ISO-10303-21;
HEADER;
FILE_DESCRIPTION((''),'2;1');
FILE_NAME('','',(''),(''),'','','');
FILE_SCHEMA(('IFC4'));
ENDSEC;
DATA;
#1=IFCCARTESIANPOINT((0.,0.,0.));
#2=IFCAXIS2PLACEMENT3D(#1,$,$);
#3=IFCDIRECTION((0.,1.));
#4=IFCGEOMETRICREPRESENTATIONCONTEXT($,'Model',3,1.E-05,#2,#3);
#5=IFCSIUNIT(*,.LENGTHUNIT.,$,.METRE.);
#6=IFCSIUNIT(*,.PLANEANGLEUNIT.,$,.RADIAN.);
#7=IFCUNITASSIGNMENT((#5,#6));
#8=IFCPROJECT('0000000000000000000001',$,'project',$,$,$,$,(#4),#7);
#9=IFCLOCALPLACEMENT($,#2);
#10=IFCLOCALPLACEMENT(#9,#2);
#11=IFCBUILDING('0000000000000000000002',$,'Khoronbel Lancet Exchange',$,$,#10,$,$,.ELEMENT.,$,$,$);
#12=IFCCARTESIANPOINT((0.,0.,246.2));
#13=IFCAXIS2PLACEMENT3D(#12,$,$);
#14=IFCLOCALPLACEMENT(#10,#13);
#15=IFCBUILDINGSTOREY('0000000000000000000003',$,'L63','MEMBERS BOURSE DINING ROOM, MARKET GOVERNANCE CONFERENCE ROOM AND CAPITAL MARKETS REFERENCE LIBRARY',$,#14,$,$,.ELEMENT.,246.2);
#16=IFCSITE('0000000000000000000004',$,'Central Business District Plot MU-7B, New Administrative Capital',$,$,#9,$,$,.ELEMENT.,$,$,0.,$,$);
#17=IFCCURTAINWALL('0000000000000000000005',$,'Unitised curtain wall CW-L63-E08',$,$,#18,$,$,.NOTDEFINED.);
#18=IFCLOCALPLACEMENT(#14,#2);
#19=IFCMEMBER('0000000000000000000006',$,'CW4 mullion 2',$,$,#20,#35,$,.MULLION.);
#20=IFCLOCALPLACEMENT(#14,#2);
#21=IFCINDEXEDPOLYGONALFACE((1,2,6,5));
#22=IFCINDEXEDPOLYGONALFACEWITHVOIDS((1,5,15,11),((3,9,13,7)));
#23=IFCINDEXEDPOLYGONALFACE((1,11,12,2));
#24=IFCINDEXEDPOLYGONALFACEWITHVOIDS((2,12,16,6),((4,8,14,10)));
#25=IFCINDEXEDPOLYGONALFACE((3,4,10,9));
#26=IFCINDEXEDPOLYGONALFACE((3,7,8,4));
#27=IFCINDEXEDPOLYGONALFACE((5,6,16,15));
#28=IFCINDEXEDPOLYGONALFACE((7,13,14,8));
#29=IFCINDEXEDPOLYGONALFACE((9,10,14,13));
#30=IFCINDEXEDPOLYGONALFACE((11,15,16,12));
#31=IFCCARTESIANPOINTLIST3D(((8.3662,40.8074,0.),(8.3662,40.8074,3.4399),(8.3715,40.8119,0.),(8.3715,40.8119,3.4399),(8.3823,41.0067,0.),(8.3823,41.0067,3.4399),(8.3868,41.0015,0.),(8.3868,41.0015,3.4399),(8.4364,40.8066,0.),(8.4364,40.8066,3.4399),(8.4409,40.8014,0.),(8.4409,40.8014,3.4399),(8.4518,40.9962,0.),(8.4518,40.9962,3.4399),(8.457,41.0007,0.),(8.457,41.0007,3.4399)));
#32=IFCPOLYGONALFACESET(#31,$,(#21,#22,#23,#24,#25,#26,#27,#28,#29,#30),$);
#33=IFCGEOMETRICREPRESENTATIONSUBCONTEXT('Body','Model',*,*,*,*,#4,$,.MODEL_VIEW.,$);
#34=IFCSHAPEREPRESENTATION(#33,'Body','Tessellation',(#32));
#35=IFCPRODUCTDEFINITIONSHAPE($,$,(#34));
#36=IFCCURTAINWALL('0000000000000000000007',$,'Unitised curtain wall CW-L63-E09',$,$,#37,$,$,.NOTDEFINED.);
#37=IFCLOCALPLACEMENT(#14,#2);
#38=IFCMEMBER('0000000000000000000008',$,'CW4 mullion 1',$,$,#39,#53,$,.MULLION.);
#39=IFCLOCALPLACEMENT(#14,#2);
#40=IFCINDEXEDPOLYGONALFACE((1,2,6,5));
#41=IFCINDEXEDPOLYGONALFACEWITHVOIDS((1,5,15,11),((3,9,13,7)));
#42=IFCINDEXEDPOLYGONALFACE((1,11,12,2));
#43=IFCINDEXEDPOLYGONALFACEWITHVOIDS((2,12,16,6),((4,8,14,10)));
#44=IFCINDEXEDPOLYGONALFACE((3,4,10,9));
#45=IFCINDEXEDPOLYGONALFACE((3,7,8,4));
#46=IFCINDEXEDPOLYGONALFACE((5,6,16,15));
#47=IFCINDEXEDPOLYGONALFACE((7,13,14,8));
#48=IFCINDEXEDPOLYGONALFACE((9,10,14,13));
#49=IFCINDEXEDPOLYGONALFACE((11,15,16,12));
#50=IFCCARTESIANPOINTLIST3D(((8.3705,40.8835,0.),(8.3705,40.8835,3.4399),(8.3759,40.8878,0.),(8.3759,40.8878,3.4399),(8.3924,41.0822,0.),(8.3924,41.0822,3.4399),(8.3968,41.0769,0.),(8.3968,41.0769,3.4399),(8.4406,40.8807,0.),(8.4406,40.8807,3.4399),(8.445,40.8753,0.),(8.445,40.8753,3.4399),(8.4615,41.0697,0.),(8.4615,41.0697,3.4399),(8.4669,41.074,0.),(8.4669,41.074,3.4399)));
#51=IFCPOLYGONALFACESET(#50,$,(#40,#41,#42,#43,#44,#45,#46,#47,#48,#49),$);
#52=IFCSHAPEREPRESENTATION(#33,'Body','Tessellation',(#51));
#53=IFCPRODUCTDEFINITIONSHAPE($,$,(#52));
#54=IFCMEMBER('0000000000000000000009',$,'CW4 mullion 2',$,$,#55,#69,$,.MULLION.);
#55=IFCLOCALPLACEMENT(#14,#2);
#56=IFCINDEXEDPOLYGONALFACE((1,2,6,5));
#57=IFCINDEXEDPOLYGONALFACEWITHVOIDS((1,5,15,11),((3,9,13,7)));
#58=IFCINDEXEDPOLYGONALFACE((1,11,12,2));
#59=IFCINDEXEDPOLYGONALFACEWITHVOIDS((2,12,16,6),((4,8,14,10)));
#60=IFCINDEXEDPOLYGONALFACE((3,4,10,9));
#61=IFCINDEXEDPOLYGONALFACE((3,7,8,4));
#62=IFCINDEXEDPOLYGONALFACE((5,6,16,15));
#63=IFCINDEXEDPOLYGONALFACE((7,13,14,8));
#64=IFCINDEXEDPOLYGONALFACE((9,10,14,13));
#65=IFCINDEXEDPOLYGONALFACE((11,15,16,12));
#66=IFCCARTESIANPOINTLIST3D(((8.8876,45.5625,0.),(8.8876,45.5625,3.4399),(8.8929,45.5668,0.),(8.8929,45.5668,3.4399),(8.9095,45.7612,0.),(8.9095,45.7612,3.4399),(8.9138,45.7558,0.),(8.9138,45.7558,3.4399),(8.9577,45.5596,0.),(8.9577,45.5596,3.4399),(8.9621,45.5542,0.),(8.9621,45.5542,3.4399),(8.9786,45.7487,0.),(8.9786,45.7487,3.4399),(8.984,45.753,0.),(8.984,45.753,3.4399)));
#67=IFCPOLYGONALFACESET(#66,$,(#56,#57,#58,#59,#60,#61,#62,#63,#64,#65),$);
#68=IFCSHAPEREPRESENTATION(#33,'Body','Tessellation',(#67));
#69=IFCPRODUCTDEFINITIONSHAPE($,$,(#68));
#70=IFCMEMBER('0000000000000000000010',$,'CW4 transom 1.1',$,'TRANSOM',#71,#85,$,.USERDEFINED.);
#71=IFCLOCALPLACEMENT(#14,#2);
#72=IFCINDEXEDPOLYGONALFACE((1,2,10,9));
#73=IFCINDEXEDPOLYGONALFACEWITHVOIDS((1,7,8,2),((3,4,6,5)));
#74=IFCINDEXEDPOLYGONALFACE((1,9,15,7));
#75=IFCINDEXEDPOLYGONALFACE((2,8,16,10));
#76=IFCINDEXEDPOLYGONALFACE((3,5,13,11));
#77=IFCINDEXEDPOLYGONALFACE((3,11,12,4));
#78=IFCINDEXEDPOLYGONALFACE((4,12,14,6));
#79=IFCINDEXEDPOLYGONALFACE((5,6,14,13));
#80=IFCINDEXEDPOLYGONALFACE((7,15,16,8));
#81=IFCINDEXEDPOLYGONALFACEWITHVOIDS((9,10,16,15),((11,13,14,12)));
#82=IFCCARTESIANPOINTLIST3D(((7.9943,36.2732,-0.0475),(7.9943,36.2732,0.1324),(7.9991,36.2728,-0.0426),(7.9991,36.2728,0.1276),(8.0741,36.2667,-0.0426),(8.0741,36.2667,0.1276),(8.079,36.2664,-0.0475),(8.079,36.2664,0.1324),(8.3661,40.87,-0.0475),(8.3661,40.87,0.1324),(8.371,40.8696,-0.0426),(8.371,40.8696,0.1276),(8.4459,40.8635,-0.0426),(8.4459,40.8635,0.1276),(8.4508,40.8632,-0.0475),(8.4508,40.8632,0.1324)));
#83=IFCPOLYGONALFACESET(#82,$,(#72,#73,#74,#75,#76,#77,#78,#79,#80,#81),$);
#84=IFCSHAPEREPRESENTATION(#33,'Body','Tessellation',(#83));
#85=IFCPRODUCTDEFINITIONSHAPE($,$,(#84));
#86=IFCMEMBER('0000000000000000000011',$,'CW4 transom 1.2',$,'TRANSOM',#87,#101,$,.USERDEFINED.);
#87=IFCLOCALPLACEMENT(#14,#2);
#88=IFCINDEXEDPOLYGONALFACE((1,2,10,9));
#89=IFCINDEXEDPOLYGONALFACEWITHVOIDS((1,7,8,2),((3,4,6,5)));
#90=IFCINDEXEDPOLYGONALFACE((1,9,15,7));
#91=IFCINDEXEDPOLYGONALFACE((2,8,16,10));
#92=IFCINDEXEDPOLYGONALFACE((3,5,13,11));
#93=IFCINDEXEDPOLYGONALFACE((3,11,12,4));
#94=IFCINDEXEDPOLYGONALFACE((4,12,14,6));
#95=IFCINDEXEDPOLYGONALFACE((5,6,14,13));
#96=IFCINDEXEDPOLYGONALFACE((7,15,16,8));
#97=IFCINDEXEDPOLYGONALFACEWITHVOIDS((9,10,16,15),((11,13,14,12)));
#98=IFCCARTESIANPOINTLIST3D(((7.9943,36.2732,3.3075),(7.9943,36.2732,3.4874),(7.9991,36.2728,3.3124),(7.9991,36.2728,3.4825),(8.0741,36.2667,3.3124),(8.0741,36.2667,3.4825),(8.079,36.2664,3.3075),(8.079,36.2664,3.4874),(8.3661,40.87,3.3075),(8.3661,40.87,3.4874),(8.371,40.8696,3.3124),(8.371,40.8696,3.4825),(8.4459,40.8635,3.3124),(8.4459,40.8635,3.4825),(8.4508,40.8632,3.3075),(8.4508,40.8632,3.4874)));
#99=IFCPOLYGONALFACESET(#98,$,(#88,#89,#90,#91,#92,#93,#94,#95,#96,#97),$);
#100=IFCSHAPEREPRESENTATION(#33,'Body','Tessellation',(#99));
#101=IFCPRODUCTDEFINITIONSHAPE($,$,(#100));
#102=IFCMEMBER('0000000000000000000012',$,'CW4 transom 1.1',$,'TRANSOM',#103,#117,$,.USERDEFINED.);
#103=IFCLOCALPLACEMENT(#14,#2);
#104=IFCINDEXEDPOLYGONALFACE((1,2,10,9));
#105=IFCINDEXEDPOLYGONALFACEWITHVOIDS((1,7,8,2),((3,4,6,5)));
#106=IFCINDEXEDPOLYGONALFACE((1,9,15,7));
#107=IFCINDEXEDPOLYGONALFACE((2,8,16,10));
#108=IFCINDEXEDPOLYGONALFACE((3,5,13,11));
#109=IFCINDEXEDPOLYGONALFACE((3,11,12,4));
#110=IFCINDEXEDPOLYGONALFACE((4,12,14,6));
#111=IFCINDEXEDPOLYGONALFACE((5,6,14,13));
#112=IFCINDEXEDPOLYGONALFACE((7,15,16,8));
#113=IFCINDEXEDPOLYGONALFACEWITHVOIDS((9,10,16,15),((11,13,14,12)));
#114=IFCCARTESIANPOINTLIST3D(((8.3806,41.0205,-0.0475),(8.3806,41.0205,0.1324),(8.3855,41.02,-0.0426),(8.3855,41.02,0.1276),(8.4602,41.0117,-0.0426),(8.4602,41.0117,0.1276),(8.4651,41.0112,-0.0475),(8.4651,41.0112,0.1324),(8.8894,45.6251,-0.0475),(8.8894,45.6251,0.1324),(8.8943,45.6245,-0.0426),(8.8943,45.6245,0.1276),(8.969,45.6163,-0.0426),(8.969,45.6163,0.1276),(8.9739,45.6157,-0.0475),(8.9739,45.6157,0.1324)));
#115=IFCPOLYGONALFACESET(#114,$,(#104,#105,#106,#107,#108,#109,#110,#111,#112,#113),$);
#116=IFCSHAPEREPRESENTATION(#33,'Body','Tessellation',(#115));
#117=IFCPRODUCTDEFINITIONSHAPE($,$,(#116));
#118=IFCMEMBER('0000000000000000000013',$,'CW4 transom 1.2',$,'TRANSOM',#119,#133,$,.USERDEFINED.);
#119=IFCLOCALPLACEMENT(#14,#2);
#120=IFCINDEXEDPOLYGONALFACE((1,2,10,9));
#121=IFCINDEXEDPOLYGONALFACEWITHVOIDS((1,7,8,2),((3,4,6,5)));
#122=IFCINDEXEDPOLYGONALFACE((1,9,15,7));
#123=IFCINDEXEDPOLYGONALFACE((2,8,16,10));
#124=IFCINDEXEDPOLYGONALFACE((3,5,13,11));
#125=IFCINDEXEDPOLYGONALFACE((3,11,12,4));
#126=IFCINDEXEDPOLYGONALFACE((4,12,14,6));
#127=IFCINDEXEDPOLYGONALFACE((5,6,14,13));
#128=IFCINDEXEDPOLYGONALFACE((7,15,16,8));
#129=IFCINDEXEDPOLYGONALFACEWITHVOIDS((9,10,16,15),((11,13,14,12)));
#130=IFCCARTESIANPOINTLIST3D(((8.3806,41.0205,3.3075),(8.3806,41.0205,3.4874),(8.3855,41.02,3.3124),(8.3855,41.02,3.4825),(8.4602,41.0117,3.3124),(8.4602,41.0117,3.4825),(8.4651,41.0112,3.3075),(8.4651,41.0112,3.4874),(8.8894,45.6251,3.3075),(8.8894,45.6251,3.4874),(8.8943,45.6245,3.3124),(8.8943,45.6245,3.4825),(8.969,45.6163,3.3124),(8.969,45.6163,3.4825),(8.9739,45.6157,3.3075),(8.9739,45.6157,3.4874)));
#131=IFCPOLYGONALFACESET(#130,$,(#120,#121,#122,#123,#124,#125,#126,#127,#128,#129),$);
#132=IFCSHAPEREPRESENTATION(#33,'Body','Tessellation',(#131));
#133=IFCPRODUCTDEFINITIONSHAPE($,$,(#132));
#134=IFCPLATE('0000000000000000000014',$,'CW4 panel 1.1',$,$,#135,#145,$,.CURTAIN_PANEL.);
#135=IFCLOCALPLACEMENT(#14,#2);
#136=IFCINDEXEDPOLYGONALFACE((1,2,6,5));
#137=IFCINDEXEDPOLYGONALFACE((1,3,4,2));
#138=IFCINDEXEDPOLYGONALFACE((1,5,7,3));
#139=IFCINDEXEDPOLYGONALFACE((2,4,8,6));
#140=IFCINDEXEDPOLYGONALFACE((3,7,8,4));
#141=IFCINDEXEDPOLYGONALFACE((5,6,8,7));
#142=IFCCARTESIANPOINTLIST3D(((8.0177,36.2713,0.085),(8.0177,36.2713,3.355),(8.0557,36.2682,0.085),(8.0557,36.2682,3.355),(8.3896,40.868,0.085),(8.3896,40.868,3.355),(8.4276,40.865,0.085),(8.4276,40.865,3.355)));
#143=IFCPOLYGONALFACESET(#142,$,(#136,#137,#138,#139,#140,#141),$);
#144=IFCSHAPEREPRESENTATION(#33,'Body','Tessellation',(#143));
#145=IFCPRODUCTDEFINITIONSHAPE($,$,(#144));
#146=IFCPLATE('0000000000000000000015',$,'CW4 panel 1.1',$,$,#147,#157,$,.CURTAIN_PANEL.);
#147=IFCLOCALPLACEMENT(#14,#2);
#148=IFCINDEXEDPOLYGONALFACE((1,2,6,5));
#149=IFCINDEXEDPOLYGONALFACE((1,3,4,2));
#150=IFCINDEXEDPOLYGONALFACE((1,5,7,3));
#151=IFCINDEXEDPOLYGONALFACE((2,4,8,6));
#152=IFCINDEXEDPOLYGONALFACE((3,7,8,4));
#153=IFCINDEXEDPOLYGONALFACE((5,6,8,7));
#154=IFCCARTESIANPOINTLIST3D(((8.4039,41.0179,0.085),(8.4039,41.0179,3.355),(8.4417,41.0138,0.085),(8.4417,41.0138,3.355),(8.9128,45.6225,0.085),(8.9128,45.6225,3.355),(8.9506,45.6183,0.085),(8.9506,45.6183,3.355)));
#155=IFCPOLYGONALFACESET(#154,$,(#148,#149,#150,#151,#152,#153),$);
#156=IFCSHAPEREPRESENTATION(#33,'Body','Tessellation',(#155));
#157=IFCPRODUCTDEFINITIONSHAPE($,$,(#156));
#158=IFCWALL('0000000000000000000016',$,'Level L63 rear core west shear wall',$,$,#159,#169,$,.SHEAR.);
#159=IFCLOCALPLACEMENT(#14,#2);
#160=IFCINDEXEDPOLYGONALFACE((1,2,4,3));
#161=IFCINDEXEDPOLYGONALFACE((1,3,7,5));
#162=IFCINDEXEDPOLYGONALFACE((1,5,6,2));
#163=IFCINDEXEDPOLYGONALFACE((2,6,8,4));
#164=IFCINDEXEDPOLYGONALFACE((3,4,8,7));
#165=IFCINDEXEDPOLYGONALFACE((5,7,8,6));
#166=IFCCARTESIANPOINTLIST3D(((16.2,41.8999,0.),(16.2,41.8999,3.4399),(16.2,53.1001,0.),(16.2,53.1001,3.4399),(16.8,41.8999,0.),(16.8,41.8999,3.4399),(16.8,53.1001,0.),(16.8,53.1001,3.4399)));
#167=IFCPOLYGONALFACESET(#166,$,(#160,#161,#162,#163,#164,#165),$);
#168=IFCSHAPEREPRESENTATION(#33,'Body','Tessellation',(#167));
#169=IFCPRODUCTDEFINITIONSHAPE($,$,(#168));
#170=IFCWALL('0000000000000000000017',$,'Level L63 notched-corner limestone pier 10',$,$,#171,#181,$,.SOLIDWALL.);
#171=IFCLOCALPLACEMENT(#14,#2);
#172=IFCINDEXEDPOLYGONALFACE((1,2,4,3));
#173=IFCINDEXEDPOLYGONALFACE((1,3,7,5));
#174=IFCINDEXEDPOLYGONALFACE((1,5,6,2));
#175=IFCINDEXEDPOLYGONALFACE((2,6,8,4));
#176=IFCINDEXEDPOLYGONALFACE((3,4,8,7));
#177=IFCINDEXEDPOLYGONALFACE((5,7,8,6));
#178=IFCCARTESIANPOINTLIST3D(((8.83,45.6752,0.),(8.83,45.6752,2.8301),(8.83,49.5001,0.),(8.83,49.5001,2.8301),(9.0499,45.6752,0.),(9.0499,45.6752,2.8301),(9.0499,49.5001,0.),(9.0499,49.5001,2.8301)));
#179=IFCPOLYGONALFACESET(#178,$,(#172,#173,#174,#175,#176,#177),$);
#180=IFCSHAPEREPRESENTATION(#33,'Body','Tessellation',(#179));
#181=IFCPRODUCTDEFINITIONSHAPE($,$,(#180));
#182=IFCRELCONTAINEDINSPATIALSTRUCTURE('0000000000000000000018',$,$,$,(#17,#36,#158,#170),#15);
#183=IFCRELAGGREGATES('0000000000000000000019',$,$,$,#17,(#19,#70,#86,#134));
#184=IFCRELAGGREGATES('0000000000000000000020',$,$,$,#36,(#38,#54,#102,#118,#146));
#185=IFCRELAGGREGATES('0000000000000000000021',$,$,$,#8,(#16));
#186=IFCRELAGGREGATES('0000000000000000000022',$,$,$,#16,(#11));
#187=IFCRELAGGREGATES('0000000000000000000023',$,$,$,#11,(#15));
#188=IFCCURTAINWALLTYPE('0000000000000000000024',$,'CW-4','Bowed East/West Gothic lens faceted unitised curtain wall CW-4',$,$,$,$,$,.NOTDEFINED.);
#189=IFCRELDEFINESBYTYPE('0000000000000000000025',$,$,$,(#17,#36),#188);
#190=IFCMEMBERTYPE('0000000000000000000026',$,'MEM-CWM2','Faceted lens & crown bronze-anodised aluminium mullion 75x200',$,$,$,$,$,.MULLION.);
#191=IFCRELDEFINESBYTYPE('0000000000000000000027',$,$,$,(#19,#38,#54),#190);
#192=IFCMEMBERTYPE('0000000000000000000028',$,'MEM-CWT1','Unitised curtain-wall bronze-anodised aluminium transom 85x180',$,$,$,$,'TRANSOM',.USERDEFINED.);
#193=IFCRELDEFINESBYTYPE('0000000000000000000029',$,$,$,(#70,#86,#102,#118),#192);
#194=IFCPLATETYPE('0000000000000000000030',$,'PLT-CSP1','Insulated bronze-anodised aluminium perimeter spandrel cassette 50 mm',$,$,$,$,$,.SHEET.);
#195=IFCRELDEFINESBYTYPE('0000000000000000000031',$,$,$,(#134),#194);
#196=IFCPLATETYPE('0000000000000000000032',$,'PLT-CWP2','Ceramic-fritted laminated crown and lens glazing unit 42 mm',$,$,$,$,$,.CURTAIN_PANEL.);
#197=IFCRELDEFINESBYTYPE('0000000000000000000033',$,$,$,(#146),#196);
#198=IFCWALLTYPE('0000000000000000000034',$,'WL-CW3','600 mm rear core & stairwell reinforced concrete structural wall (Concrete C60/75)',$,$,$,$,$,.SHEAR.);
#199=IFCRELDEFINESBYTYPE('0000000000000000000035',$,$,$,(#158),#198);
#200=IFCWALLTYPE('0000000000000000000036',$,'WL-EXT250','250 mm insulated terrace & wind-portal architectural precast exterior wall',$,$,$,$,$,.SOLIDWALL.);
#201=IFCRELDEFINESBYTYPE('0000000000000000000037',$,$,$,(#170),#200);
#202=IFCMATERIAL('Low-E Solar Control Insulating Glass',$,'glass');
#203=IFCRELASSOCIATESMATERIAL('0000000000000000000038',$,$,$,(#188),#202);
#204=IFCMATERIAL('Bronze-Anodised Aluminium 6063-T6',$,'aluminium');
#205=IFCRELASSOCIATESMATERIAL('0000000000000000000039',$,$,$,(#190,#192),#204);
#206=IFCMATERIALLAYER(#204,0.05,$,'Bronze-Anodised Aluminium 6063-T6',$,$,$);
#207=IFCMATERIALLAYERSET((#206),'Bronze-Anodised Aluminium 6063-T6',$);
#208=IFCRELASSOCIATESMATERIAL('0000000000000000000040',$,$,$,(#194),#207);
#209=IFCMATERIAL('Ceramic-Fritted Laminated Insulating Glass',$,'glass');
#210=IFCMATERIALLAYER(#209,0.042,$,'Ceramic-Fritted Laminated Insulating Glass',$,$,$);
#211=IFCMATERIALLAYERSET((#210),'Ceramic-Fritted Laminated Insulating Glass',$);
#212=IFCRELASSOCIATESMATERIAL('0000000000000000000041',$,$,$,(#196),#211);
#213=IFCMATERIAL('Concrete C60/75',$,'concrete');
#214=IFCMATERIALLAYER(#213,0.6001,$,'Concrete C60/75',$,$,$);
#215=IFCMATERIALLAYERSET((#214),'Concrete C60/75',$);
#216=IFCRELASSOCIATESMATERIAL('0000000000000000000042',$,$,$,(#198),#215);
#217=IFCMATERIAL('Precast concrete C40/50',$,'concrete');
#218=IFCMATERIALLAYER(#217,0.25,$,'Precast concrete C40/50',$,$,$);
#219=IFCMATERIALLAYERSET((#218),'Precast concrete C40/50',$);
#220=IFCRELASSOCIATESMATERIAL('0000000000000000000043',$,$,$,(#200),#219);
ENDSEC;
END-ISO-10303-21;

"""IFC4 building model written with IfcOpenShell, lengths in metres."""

from ifc_helpers import new_model, si_unit, direction, frame, frame_2d, origin, origin_2d, place, context, subcontext, project, spatial, rectangle, hollow_rectangle, extrude, material, layer, layer_set, material_profile, profile_set, type_object, element, aggregate, save


model = new_model("IFC4")

# Units and contexts
model_context = context("Model", 3, precision=1e-05, world=origin(), true_north=direction((0.0, 1.0)))
body_context = subcontext(model_context, "Body", "Model", "MODEL_VIEW")
ifc_project = project(units=[si_unit("LENGTHUNIT", "METRE"), si_unit("PLANEANGLEUNIT", "RADIAN")], contexts=[model_context])

# Site, building, storey
site_placement = place(None, origin())
site = spatial("IfcSite", under=ifc_project, at=site_placement, Name="Central Business District Plot MU-7B, New Administrative Capital", CompositionType="ELEMENT", RefElevation=0.0)
building_placement = place(site_placement, origin())
building = spatial("IfcBuilding", under=site, at=building_placement, Name="Khoronbel Lancet Exchange", CompositionType="ELEMENT")
storey_placement = place(building_placement, frame((0.0, 0.0, 246.2)))
storey = spatial("IfcBuildingStorey", under=building, at=storey_placement, Name="L63", Description="MEMBERS BOURSE DINING ROOM, MARKET GOVERNANCE CONFERENCE ROOM AND CAPITAL MARKETS REFERENCE LIBRARY", CompositionType="ELEMENT", Elevation=246.2)

# Shared definitions
ifc_material_1 = material(Name="Low-E Solar Control Insulating Glass", Category="glass")
curtain_wall_type = type_object("IfcCurtainWallType", Name="CW-4", Description="Bowed East/West Gothic lens faceted unitised curtain wall CW-4", PredefinedType="NOTDEFINED", material=ifc_material_1)
ifc_material_2 = material(Name="Bronze-Anodised Aluminium 6063-T6", Category="aluminium")
ifc_material_profile_1 = material_profile(ifc_material_2, hollow_rectangle(XDim=0.075, YDim=0.2, WallThickness=0.0049, at=origin_2d()), Name="ALU MULLION 75x200")
ifc_profile_set_1 = profile_set([ifc_material_profile_1], Name="Bronze-Anodised Aluminium 6063-T6")
member_type_1 = type_object("IfcMemberType", Name="MEM-CWM2", Description="Faceted lens & crown bronze-anodised aluminium mullion 75x200", PredefinedType="MULLION", material=ifc_profile_set_1)

# Curtain walls, members
curtain_wall_1_placement = place(storey_placement, origin())
curtain_wall_1 = element("IfcCurtainWall", 1, at=curtain_wall_1_placement, inside=storey, type_object=curtain_wall_type, Name="Unitised curtain wall CW-L63-E08", PredefinedType="NOTDEFINED")
member_1_placement = place(storey_placement, frame((8.4116, 40.9041, 0.0), z_axis=(0.0, 0.0, 1.0), x_axis=(-0.996743, 0.08064, 0.0)))
member_1 = element("IfcMember", 2, at=member_1_placement, type_object=member_type_1, Name="CW4 mullion 2", PredefinedType="MULLION", context=body_context, shape_type="SweptSolid", body=[
    extrude(hollow_rectangle(XDim=0.075, YDim=0.2, WallThickness=0.0049, at=origin_2d()), origin(), (0.0, 0.0, 1.0), 3.4399),
])
curtain_wall_2_placement = place(storey_placement, origin())
curtain_wall_2 = element("IfcCurtainWall", 3, at=curtain_wall_2_placement, inside=storey, type_object=curtain_wall_type, Name="Unitised curtain wall CW-L63-E09", PredefinedType="NOTDEFINED")
member_2_placement = place(storey_placement, frame((8.4187, 40.9788, 0.0), z_axis=(0.0, 0.0, 1.0), x_axis=(-0.993947, 0.109858, 0.0)))
member_2 = element("IfcMember", 4, at=member_2_placement, type_object=member_type_1, Name="CW4 mullion 1", PredefinedType="MULLION", context=body_context, shape_type="SweptSolid", body=[
    extrude(hollow_rectangle(XDim=0.075, YDim=0.2, WallThickness=0.0049, at=origin_2d()), origin(), (0.0, 0.0, 1.0), 3.4399),
])
member_3_placement = place(storey_placement, frame((8.9358, 45.6577, 0.0), z_axis=(0.0, 0.0, 1.0), x_axis=(-0.993947, 0.109858, 0.0)))
member_3 = element("IfcMember", 5, at=member_3_placement, type_object=member_type_1, Name="CW4 mullion 2", PredefinedType="MULLION", context=body_context, shape_type="SweptSolid", body=[
    extrude(hollow_rectangle(XDim=0.075, YDim=0.2, WallThickness=0.0049, at=origin_2d()), origin(), (0.0, 0.0, 1.0), 3.4399),
])

# Members
ifc_material_profile_2 = material_profile(ifc_material_2, hollow_rectangle(XDim=0.085, YDim=0.1799, WallThickness=0.0049, at=origin_2d()), Name="ALU TRANSOM 85x180")
ifc_profile_set_2 = profile_set([ifc_material_profile_2], Name="Bronze-Anodised Aluminium 6063-T6")
member_type_2 = type_object("IfcMemberType", Name="MEM-CWT1", Description="Unitised curtain-wall bronze-anodised aluminium transom 85x180", ElementType="TRANSOM", PredefinedType="USERDEFINED", material=ifc_profile_set_2)
member_4_placement = place(storey_placement, frame((8.0366, 36.2698, 0.0425), z_axis=(0.080623, 0.996745, 0.0), x_axis=(-0.996745, 0.080623, 0.0)))
member_4 = element("IfcMember", 6, at=member_4_placement, type_object=member_type_2, Name="CW4 transom 1.1", ObjectType="TRANSOM", PredefinedType="USERDEFINED", context=body_context, shape_type="SweptSolid", body=[
    extrude(hollow_rectangle(XDim=0.085, YDim=0.1799, WallThickness=0.0049, at=origin_2d()), origin(), (0.0, 0.0, 1.0), 4.6118),
])
member_5_placement = place(storey_placement, frame((8.0366, 36.2698, 3.3975), z_axis=(0.080623, 0.996745, 0.0), x_axis=(-0.996745, 0.080623, 0.0)))
member_5 = element("IfcMember", 7, at=member_5_placement, type_object=member_type_2, Name="CW4 transom 1.2", ObjectType="TRANSOM", PredefinedType="USERDEFINED", context=body_context, shape_type="SweptSolid", body=[
    extrude(hollow_rectangle(XDim=0.085, YDim=0.1799, WallThickness=0.0049, at=origin_2d()), origin(), (0.0, 0.0, 1.0), 4.6118),
])
member_6_placement = place(storey_placement, frame((8.4229, 41.0159, 0.0425), z_axis=(0.10983, 0.99395, 0.0), x_axis=(-0.99395, 0.10983, 0.0)))
member_6 = element("IfcMember", 8, at=member_6_placement, type_object=member_type_2, Name="CW4 transom 1.1", ObjectType="TRANSOM", PredefinedType="USERDEFINED", context=body_context, shape_type="SweptSolid", body=[
    extrude(hollow_rectangle(XDim=0.085, YDim=0.1799, WallThickness=0.0049, at=origin_2d()), origin(), (0.0, 0.0, 1.0), 4.6326),
])
member_7_placement = place(storey_placement, frame((8.4229, 41.0159, 3.3975), z_axis=(0.10983, 0.99395, 0.0), x_axis=(-0.99395, 0.10983, 0.0)))
member_7 = element("IfcMember", 9, at=member_7_placement, type_object=member_type_2, Name="CW4 transom 1.2", ObjectType="TRANSOM", PredefinedType="USERDEFINED", context=body_context, shape_type="SweptSolid", body=[
    extrude(hollow_rectangle(XDim=0.085, YDim=0.1799, WallThickness=0.0049, at=origin_2d()), origin(), (0.0, 0.0, 1.0), 4.6326),
])

# Plates
ifc_layer_1 = layer(ifc_material_2, 0.05, Name="Bronze-Anodised Aluminium 6063-T6")
ifc_layer_set_1 = layer_set([ifc_layer_1], Name="Bronze-Anodised Aluminium 6063-T6")
plate_type_1 = type_object("IfcPlateType", Name="PLT-CSP1", Description="Insulated bronze-anodised aluminium perimeter spandrel cassette 50 mm", PredefinedType="SHEET", material=ifc_layer_set_1)
plate_1_placement = place(storey_placement, frame((8.2227, 38.5681, 0.085), z_axis=(0.0, 0.0, 1.0), x_axis=(0.08064, 0.996743, 0.0)))
plate_1 = element("IfcPlate", 10, at=plate_1_placement, type_object=plate_type_1, Name="CW4 panel 1.1", PredefinedType="CURTAIN_PANEL", context=body_context, shape_type="SweptSolid", body=[
    extrude(rectangle(XDim=4.6118, YDim=0.0381, at=origin_2d()), origin(), (0.0, 0.0, 1.0), 3.27),
])
aggregate(curtain_wall_1, [member_1, member_4, member_5, plate_1])
ifc_material_3 = material(Name="Ceramic-Fritted Laminated Insulating Glass", Category="glass")
ifc_layer_2 = layer(ifc_material_3, 0.042, Name="Ceramic-Fritted Laminated Insulating Glass")
ifc_layer_set_2 = layer_set([ifc_layer_2], Name="Ceramic-Fritted Laminated Insulating Glass")
plate_type_2 = type_object("IfcPlateType", Name="PLT-CWP2", Description="Ceramic-fritted laminated crown and lens glazing unit 42 mm", PredefinedType="CURTAIN_PANEL", material=ifc_layer_set_2)
plate_2_placement = place(storey_placement, frame((8.6772, 43.3181, 0.085), z_axis=(0.0, 0.0, 1.0), x_axis=(0.109858, 0.993947, 0.0)))
plate_2 = element("IfcPlate", 11, at=plate_2_placement, type_object=plate_type_2, Name="CW4 panel 1.1", PredefinedType="CURTAIN_PANEL", context=body_context, shape_type="SweptSolid", body=[
    extrude(rectangle(XDim=4.6326, YDim=0.0381, at=origin_2d()), origin(), (0.0, 0.0, 1.0), 3.27),
])
aggregate(curtain_wall_2, [member_2, member_3, member_6, member_7, plate_2])

# Walls
ifc_material_4 = material(Name="Concrete C60/75", Category="concrete")
ifc_layer_3 = layer(ifc_material_4, 0.6001, Name="Concrete C60/75")
ifc_layer_set_3 = layer_set([ifc_layer_3], Name="Concrete C60/75")
wall_type_1 = type_object("IfcWallType", Name="WL-CW3", Description="600 mm rear core & stairwell reinforced concrete structural wall (Concrete C60/75)", PredefinedType="SHEAR", material=ifc_layer_set_3)
wall_1_placement = place(storey_placement, frame((16.5, 41.8999, 0.0), z_axis=(0.0, 0.0, 1.0), x_axis=(0.0, 1.0, 0.0)))
element("IfcWall", 12, at=wall_1_placement, inside=storey, type_object=wall_type_1, Name="Level L63 rear core west shear wall", PredefinedType="SHEAR", context=body_context, shape_type="SweptSolid", body=[
    extrude(rectangle(XDim=11.2002, YDim=0.6001, at=frame_2d((5.6001, 0.0))), origin(), (0.0, 0.0, 1.0), 3.4399),
])
ifc_material_5 = material(Name="Precast concrete C40/50", Category="concrete")
ifc_layer_4 = layer(ifc_material_5, 0.25, Name="Precast concrete C40/50")
ifc_layer_set_4 = layer_set([ifc_layer_4], Name="Precast concrete C40/50")
wall_type_2 = type_object("IfcWallType", Name="WL-EXT250", Description="250 mm insulated terrace & wind-portal architectural precast exterior wall", PredefinedType="SOLIDWALL", material=ifc_layer_set_4)
wall_2_placement = place(storey_placement, frame((8.9399, 45.675, 0.0), z_axis=(0.0, 0.0, 1.0), x_axis=(0.0, 1.0, 0.0)))
element("IfcWall", 13, at=wall_2_placement, inside=storey, type_object=wall_type_2, Name="Level L63 notched-corner limestone pier 10", PredefinedType="SOLIDWALL", context=body_context, shape_type="SweptSolid", body=[
    extrude(rectangle(XDim=3.825, YDim=0.22, at=frame_2d((1.9126, 0.0))), origin(), (0.0, 0.0, 1.0), 2.8301),
])

save(model, "model.ifc")
